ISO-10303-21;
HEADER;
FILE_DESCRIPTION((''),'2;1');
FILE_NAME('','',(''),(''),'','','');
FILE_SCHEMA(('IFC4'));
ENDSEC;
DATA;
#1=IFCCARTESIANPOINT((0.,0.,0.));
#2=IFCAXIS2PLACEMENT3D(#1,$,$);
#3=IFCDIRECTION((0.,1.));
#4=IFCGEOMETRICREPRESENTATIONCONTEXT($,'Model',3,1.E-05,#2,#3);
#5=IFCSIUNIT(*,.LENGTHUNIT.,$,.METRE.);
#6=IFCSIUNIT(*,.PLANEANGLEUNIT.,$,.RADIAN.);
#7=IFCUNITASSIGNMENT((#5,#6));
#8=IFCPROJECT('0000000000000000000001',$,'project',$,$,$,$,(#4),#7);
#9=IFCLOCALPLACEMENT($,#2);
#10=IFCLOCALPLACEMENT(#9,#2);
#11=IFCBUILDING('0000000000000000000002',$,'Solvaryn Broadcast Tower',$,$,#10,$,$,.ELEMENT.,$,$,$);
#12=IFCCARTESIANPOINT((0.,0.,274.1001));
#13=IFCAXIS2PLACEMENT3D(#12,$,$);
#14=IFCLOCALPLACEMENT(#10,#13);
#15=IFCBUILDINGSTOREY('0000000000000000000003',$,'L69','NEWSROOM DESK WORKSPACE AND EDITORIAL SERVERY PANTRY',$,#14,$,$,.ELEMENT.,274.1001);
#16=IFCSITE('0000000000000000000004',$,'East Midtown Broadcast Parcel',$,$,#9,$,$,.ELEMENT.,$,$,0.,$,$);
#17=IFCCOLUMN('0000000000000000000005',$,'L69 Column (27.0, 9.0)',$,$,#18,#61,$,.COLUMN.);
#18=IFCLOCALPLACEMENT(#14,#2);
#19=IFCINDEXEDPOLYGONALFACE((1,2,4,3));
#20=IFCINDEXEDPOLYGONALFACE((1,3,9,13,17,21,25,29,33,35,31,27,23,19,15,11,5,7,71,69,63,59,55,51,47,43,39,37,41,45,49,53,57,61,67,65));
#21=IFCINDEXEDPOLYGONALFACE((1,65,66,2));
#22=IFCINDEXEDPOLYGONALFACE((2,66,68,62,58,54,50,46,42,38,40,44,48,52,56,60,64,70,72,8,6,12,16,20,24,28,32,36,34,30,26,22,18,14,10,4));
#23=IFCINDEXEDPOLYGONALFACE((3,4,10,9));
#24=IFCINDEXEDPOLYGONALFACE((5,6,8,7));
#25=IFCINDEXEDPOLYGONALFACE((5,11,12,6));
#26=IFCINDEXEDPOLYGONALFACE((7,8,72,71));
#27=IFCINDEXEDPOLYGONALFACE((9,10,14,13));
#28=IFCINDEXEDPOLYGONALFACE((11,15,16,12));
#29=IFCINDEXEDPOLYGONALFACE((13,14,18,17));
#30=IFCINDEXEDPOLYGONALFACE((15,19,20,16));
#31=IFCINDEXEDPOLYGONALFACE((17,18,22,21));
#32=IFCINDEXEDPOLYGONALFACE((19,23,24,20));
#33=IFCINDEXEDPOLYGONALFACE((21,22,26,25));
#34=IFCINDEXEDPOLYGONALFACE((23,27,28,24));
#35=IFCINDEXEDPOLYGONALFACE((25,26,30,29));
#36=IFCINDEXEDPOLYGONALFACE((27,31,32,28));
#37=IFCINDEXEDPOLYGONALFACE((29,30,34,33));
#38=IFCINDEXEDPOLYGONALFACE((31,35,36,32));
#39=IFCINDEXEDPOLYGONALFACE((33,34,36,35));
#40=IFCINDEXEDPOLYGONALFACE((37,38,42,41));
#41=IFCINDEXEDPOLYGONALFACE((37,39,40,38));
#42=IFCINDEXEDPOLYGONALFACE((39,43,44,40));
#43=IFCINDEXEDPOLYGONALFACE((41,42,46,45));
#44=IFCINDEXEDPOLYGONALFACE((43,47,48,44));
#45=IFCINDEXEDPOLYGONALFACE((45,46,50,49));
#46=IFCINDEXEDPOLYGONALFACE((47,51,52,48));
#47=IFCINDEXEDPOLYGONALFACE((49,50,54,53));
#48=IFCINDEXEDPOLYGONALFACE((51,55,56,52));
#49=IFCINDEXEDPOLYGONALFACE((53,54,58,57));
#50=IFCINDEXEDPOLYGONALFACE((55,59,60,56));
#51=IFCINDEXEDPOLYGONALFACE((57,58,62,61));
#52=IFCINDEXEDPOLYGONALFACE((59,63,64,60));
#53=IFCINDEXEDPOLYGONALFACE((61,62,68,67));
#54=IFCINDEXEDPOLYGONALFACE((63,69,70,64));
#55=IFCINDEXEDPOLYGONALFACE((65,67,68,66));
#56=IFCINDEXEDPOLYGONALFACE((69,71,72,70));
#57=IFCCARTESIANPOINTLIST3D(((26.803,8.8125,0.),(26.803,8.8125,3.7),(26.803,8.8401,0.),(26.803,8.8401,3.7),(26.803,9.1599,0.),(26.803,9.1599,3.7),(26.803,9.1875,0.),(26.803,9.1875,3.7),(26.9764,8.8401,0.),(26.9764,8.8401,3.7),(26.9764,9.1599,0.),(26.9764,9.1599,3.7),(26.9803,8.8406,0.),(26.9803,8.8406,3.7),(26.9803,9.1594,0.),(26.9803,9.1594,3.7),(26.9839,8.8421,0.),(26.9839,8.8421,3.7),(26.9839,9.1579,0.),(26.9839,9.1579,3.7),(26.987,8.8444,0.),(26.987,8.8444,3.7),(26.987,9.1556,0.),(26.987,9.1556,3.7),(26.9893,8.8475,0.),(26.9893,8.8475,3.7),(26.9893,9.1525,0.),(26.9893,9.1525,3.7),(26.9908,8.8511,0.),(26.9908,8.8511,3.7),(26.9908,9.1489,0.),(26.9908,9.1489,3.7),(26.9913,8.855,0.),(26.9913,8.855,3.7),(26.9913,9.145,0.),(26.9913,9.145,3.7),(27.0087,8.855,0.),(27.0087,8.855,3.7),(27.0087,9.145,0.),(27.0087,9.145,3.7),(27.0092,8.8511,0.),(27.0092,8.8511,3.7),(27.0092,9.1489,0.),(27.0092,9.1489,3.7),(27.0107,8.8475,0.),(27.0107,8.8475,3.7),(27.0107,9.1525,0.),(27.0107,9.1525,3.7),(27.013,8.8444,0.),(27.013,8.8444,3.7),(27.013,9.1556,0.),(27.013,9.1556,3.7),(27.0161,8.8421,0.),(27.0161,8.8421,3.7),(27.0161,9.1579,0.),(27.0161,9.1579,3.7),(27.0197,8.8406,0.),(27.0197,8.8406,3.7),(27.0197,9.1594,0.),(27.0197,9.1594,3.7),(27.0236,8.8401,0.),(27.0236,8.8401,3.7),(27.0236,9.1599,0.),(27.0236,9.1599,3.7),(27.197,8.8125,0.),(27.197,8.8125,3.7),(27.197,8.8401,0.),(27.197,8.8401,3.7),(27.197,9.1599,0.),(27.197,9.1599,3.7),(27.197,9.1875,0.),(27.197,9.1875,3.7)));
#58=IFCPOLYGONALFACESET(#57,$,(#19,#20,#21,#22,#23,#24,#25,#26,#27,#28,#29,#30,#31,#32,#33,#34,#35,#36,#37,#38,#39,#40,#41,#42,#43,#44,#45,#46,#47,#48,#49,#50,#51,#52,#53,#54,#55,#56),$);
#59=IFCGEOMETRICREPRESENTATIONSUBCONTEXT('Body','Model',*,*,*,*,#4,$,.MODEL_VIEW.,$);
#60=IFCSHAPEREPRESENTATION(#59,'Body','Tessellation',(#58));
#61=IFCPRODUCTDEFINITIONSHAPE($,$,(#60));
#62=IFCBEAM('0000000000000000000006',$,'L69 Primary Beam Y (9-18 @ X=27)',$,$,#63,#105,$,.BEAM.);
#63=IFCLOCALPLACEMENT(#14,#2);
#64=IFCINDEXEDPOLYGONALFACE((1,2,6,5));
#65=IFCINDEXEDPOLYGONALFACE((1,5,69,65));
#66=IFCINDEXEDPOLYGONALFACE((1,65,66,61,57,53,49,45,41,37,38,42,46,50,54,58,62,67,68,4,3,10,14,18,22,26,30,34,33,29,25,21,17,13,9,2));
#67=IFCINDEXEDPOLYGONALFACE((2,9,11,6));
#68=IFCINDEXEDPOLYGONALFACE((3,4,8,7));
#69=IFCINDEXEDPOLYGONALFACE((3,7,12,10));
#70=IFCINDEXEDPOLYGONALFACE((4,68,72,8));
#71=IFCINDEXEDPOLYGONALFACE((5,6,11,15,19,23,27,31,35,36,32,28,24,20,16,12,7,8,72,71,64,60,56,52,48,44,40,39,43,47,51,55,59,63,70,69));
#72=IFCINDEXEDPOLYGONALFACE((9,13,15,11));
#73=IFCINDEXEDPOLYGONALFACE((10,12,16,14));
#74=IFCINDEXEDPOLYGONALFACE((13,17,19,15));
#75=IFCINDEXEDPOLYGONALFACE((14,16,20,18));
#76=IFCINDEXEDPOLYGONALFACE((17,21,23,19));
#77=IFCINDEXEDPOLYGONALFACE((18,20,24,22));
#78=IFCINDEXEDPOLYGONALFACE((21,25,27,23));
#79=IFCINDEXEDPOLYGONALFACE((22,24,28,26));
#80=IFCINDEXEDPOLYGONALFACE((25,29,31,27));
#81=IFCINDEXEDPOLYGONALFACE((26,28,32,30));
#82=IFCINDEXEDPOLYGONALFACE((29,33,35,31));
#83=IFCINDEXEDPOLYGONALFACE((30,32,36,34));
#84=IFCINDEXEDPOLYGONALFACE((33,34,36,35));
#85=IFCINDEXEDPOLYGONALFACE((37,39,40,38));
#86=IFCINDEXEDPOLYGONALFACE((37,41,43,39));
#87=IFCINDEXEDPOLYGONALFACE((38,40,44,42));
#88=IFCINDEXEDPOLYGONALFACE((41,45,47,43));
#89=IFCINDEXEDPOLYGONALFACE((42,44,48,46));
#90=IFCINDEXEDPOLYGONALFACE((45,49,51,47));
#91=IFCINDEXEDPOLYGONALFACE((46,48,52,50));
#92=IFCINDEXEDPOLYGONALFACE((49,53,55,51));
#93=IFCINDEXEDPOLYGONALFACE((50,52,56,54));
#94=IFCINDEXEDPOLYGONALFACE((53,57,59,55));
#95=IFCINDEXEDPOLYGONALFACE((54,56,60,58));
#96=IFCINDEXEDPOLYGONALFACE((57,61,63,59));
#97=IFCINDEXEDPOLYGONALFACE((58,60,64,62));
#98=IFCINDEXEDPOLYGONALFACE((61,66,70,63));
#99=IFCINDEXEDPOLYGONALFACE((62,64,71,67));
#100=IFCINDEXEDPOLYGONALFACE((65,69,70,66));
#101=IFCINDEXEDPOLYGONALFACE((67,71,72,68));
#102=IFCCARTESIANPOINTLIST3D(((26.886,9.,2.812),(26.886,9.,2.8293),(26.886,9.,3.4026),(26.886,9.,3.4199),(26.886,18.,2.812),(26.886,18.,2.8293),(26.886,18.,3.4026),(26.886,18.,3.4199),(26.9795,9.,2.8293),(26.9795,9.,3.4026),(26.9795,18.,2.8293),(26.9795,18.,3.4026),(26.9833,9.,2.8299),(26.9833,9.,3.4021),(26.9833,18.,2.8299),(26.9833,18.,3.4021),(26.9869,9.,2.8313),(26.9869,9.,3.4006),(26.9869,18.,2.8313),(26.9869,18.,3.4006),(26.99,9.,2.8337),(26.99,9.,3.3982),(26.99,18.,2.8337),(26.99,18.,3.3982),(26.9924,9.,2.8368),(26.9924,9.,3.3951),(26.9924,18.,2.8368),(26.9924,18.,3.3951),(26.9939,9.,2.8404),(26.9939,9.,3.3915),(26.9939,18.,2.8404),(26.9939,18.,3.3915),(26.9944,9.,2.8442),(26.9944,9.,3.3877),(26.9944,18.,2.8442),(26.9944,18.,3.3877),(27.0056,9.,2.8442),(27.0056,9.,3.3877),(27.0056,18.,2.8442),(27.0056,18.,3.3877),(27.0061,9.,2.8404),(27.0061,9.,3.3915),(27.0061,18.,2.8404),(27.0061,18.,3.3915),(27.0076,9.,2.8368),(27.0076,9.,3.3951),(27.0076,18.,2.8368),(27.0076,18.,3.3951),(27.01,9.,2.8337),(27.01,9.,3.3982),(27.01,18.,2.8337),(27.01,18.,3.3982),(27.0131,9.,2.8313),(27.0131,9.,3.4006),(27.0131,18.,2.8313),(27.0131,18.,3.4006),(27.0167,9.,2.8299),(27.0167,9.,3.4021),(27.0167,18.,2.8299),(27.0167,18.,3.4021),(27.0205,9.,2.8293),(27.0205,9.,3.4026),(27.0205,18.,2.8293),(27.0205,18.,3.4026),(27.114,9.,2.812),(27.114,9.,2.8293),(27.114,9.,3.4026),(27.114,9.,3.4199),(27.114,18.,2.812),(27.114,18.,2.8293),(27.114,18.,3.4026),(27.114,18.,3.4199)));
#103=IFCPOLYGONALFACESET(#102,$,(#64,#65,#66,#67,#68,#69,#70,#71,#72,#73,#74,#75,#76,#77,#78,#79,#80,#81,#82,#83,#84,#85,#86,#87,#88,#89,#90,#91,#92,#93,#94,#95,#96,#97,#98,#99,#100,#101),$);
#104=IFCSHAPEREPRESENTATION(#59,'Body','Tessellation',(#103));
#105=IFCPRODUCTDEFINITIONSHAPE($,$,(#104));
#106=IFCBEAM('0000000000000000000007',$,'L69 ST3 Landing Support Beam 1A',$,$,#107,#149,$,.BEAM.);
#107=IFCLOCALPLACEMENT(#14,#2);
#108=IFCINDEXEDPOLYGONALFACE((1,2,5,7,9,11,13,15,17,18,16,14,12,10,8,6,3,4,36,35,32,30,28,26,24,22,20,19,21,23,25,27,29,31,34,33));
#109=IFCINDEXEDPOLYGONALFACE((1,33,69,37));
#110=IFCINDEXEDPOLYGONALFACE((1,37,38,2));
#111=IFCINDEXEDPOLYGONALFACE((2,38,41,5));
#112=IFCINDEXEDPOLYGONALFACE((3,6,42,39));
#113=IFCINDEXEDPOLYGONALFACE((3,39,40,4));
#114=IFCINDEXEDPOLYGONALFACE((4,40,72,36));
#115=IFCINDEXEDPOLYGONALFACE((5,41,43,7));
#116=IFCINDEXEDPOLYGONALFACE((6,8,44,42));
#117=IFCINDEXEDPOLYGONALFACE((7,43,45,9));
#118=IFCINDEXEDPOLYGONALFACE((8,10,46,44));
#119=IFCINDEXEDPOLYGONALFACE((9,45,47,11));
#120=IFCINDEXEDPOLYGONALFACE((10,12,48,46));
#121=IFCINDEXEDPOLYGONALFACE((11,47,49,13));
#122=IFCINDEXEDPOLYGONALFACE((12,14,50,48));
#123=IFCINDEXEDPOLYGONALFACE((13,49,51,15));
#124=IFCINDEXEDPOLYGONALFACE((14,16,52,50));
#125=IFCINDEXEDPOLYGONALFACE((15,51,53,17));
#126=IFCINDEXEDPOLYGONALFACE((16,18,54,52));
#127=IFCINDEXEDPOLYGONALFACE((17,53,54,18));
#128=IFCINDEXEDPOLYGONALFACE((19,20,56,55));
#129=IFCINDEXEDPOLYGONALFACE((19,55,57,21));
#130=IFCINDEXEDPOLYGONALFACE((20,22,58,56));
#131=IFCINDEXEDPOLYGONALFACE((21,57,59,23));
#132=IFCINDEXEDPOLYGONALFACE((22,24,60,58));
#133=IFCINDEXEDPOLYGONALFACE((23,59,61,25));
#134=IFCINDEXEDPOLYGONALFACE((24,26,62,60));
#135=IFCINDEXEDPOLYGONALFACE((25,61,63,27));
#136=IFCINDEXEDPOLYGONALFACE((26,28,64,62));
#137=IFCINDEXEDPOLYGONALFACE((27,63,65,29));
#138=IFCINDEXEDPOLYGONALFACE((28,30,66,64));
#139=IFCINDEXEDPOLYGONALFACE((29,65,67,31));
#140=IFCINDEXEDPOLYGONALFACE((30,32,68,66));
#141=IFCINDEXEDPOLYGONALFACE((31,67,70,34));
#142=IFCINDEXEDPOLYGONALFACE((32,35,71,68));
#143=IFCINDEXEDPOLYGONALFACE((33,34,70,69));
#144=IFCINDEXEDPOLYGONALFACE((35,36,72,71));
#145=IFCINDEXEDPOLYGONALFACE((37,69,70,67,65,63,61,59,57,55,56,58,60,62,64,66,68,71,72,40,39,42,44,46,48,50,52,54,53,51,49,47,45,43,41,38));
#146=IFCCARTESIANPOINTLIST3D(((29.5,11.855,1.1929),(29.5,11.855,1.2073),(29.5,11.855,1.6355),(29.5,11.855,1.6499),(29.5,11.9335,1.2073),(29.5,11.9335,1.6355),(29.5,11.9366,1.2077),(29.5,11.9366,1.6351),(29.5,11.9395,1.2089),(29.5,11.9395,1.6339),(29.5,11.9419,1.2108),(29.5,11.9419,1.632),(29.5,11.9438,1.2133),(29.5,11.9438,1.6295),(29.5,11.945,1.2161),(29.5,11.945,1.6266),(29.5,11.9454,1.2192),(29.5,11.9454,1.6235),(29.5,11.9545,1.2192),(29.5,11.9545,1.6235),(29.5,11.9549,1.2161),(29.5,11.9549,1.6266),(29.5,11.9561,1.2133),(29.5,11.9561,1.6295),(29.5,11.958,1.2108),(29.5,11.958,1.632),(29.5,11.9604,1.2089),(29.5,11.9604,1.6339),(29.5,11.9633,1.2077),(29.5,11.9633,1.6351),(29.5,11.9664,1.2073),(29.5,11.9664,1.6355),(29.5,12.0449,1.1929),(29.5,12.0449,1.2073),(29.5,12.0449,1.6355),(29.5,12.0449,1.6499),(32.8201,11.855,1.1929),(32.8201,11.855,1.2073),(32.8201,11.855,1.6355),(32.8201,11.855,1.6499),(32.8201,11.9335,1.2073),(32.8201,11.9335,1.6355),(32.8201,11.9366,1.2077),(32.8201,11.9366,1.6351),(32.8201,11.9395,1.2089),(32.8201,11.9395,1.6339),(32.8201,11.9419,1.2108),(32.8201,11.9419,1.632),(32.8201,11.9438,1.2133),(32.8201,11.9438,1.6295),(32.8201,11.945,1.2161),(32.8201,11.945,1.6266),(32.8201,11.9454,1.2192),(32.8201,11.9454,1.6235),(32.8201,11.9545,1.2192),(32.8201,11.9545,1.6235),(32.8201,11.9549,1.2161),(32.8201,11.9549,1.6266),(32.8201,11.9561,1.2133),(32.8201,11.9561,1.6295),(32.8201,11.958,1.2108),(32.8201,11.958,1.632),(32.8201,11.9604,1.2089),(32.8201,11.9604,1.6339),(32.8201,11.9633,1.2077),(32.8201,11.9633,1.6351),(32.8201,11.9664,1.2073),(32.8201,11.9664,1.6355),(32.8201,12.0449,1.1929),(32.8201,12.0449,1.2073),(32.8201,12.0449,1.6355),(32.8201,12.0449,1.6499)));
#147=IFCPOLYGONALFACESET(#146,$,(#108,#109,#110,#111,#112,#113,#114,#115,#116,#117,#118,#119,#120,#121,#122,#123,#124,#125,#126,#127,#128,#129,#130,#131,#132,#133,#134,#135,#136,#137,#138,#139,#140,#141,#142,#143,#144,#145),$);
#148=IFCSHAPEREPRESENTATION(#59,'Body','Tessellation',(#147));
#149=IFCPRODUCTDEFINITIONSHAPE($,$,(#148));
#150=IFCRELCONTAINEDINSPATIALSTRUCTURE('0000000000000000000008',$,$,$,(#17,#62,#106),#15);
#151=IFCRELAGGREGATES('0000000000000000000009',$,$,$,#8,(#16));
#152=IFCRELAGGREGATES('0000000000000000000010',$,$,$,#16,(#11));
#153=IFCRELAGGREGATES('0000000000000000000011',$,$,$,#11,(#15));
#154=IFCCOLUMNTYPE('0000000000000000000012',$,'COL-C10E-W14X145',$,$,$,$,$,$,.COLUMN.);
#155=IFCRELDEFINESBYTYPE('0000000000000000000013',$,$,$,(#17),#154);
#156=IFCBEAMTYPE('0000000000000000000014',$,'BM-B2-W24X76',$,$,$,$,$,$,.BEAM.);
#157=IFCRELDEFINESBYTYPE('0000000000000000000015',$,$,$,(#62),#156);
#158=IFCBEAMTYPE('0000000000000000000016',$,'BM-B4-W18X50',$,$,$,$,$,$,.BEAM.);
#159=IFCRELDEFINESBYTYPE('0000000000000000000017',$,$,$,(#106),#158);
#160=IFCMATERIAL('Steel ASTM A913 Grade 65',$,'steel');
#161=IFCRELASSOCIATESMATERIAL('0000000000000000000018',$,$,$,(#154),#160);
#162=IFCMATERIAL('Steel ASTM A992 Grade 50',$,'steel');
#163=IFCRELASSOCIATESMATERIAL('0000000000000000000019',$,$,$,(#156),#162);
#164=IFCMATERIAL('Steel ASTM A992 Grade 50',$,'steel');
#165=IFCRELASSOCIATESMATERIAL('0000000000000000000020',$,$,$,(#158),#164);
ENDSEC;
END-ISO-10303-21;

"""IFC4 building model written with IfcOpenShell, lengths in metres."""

from ifc_helpers import new_model, si_unit, direction, frame, origin, origin_2d, place, context, subcontext, project, spatial, i_section, extrude, material, material_profile, profile_set, type_object, element, save


model = new_model("IFC4")

# Units and contexts
model_context = context("Model", 3, precision=1e-05, world=origin(), true_north=direction((0.0, 1.0)))
body_context = subcontext(model_context, "Body", "Model", "MODEL_VIEW")
ifc_project = project(units=[si_unit("LENGTHUNIT", "METRE"), si_unit("PLANEANGLEUNIT", "RADIAN")], contexts=[model_context])

# Site, building, storey
site_placement = place(None, origin())
site = spatial("IfcSite", under=ifc_project, at=site_placement, Name="East Midtown Broadcast Parcel", CompositionType="ELEMENT", RefElevation=0.0)
building_placement = place(site_placement, origin())
building = spatial("IfcBuilding", under=site, at=building_placement, Name="Solvaryn Broadcast Tower", CompositionType="ELEMENT")
storey_placement = place(building_placement, frame((0.0, 0.0, 274.1001)))
storey = spatial("IfcBuildingStorey", under=building, at=storey_placement, Name="L69", Description="NEWSROOM DESK WORKSPACE AND EDITORIAL SERVERY PANTRY", CompositionType="ELEMENT", Elevation=274.1001)

# Column
ifc_material_1 = material(Name="Steel ASTM A913 Grade 65", Category="steel")
ifc_material_profile_1 = material_profile(ifc_material_1, i_section(OverallWidth=0.394, OverallDepth=0.375, WebThickness=0.0173, FlangeThickness=0.0276, FilletRadius=0.0149, at=origin_2d()))
ifc_profile_set_1 = profile_set([ifc_material_profile_1], Name="Steel ASTM A913 Grade 65")
column_type = type_object("IfcColumnType", Name="COL-C10E-W14X145", PredefinedType="COLUMN", material=ifc_profile_set_1)
column_placement = place(storey_placement, frame((27.0, 9.0, 0.0), z_axis=(0.0, 0.0, 1.0), x_axis=(1.0, 0.0, 0.0)))
element("IfcColumn", 1, at=column_placement, inside=storey, type_object=column_type, Name="L69 Column (27.0, 9.0)", PredefinedType="COLUMN", context=body_context, shape_type="SweptSolid", body=[
    extrude(i_section(OverallWidth=0.394, OverallDepth=0.375, WebThickness=0.0173, FlangeThickness=0.0276, FilletRadius=0.0149, at=origin_2d()), origin(), (0.0, 0.0, 1.0), 3.7),
])

# Beams
ifc_material_2 = material(Name="Steel ASTM A992 Grade 50", Category="steel")
ifc_material_profile_2 = material_profile(ifc_material_2, i_section(OverallWidth=0.228, OverallDepth=0.6079, WebThickness=0.0112, FlangeThickness=0.0173, FilletRadius=0.0149, at=origin_2d()))
ifc_profile_set_2 = profile_set([ifc_material_profile_2], Name="Steel ASTM A992 Grade 50")
beam_type_1 = type_object("IfcBeamType", Name="BM-B2-W24X76", PredefinedType="BEAM", material=ifc_profile_set_2)
beam_1_placement = place(storey_placement, frame((27.0, 9.0, 3.116), z_axis=(0.0, 1.0, 0.0), x_axis=(-1.0, 0.0, 0.0)))
element("IfcBeam", 2, at=beam_1_placement, inside=storey, type_object=beam_type_1, Name="L69 Primary Beam Y (9-18 @ X=27)", PredefinedType="BEAM", context=body_context, shape_type="SweptSolid", body=[
    extrude(i_section(OverallWidth=0.228, OverallDepth=0.6079, WebThickness=0.0112, FlangeThickness=0.0173, FilletRadius=0.0149, at=origin_2d()), origin(), (0.0, 0.0, 1.0), 9.0),
])
ifc_material_3 = material(Name="Steel ASTM A992 Grade 50", Category="steel")
ifc_material_profile_3 = material_profile(ifc_material_3, i_section(OverallWidth=0.1899, OverallDepth=0.457, WebThickness=0.009, FlangeThickness=0.0144, FilletRadius=0.012, at=origin_2d()))
ifc_profile_set_3 = profile_set([ifc_material_profile_3], Name="Steel ASTM A992 Grade 50")
beam_type_2 = type_object("IfcBeamType", Name="BM-B4-W18X50", PredefinedType="BEAM", material=ifc_profile_set_3)
beam_2_placement = place(storey_placement, frame((29.5, 11.95, 1.4214), z_axis=(1.0, 0.0, 0.0), x_axis=(0.0, 1.0, 0.0)))
element("IfcBeam", 3, at=beam_2_placement, inside=storey, type_object=beam_type_2, Name="L69 ST3 Landing Support Beam 1A", PredefinedType="BEAM", context=body_context, shape_type="SweptSolid", body=[
    extrude(i_section(OverallWidth=0.1899, OverallDepth=0.457, WebThickness=0.009, FlangeThickness=0.0144, FilletRadius=0.012, at=origin_2d()), origin(), (0.0, 0.0, 1.0), 3.3201),
])

save(model, "model.ifc")
